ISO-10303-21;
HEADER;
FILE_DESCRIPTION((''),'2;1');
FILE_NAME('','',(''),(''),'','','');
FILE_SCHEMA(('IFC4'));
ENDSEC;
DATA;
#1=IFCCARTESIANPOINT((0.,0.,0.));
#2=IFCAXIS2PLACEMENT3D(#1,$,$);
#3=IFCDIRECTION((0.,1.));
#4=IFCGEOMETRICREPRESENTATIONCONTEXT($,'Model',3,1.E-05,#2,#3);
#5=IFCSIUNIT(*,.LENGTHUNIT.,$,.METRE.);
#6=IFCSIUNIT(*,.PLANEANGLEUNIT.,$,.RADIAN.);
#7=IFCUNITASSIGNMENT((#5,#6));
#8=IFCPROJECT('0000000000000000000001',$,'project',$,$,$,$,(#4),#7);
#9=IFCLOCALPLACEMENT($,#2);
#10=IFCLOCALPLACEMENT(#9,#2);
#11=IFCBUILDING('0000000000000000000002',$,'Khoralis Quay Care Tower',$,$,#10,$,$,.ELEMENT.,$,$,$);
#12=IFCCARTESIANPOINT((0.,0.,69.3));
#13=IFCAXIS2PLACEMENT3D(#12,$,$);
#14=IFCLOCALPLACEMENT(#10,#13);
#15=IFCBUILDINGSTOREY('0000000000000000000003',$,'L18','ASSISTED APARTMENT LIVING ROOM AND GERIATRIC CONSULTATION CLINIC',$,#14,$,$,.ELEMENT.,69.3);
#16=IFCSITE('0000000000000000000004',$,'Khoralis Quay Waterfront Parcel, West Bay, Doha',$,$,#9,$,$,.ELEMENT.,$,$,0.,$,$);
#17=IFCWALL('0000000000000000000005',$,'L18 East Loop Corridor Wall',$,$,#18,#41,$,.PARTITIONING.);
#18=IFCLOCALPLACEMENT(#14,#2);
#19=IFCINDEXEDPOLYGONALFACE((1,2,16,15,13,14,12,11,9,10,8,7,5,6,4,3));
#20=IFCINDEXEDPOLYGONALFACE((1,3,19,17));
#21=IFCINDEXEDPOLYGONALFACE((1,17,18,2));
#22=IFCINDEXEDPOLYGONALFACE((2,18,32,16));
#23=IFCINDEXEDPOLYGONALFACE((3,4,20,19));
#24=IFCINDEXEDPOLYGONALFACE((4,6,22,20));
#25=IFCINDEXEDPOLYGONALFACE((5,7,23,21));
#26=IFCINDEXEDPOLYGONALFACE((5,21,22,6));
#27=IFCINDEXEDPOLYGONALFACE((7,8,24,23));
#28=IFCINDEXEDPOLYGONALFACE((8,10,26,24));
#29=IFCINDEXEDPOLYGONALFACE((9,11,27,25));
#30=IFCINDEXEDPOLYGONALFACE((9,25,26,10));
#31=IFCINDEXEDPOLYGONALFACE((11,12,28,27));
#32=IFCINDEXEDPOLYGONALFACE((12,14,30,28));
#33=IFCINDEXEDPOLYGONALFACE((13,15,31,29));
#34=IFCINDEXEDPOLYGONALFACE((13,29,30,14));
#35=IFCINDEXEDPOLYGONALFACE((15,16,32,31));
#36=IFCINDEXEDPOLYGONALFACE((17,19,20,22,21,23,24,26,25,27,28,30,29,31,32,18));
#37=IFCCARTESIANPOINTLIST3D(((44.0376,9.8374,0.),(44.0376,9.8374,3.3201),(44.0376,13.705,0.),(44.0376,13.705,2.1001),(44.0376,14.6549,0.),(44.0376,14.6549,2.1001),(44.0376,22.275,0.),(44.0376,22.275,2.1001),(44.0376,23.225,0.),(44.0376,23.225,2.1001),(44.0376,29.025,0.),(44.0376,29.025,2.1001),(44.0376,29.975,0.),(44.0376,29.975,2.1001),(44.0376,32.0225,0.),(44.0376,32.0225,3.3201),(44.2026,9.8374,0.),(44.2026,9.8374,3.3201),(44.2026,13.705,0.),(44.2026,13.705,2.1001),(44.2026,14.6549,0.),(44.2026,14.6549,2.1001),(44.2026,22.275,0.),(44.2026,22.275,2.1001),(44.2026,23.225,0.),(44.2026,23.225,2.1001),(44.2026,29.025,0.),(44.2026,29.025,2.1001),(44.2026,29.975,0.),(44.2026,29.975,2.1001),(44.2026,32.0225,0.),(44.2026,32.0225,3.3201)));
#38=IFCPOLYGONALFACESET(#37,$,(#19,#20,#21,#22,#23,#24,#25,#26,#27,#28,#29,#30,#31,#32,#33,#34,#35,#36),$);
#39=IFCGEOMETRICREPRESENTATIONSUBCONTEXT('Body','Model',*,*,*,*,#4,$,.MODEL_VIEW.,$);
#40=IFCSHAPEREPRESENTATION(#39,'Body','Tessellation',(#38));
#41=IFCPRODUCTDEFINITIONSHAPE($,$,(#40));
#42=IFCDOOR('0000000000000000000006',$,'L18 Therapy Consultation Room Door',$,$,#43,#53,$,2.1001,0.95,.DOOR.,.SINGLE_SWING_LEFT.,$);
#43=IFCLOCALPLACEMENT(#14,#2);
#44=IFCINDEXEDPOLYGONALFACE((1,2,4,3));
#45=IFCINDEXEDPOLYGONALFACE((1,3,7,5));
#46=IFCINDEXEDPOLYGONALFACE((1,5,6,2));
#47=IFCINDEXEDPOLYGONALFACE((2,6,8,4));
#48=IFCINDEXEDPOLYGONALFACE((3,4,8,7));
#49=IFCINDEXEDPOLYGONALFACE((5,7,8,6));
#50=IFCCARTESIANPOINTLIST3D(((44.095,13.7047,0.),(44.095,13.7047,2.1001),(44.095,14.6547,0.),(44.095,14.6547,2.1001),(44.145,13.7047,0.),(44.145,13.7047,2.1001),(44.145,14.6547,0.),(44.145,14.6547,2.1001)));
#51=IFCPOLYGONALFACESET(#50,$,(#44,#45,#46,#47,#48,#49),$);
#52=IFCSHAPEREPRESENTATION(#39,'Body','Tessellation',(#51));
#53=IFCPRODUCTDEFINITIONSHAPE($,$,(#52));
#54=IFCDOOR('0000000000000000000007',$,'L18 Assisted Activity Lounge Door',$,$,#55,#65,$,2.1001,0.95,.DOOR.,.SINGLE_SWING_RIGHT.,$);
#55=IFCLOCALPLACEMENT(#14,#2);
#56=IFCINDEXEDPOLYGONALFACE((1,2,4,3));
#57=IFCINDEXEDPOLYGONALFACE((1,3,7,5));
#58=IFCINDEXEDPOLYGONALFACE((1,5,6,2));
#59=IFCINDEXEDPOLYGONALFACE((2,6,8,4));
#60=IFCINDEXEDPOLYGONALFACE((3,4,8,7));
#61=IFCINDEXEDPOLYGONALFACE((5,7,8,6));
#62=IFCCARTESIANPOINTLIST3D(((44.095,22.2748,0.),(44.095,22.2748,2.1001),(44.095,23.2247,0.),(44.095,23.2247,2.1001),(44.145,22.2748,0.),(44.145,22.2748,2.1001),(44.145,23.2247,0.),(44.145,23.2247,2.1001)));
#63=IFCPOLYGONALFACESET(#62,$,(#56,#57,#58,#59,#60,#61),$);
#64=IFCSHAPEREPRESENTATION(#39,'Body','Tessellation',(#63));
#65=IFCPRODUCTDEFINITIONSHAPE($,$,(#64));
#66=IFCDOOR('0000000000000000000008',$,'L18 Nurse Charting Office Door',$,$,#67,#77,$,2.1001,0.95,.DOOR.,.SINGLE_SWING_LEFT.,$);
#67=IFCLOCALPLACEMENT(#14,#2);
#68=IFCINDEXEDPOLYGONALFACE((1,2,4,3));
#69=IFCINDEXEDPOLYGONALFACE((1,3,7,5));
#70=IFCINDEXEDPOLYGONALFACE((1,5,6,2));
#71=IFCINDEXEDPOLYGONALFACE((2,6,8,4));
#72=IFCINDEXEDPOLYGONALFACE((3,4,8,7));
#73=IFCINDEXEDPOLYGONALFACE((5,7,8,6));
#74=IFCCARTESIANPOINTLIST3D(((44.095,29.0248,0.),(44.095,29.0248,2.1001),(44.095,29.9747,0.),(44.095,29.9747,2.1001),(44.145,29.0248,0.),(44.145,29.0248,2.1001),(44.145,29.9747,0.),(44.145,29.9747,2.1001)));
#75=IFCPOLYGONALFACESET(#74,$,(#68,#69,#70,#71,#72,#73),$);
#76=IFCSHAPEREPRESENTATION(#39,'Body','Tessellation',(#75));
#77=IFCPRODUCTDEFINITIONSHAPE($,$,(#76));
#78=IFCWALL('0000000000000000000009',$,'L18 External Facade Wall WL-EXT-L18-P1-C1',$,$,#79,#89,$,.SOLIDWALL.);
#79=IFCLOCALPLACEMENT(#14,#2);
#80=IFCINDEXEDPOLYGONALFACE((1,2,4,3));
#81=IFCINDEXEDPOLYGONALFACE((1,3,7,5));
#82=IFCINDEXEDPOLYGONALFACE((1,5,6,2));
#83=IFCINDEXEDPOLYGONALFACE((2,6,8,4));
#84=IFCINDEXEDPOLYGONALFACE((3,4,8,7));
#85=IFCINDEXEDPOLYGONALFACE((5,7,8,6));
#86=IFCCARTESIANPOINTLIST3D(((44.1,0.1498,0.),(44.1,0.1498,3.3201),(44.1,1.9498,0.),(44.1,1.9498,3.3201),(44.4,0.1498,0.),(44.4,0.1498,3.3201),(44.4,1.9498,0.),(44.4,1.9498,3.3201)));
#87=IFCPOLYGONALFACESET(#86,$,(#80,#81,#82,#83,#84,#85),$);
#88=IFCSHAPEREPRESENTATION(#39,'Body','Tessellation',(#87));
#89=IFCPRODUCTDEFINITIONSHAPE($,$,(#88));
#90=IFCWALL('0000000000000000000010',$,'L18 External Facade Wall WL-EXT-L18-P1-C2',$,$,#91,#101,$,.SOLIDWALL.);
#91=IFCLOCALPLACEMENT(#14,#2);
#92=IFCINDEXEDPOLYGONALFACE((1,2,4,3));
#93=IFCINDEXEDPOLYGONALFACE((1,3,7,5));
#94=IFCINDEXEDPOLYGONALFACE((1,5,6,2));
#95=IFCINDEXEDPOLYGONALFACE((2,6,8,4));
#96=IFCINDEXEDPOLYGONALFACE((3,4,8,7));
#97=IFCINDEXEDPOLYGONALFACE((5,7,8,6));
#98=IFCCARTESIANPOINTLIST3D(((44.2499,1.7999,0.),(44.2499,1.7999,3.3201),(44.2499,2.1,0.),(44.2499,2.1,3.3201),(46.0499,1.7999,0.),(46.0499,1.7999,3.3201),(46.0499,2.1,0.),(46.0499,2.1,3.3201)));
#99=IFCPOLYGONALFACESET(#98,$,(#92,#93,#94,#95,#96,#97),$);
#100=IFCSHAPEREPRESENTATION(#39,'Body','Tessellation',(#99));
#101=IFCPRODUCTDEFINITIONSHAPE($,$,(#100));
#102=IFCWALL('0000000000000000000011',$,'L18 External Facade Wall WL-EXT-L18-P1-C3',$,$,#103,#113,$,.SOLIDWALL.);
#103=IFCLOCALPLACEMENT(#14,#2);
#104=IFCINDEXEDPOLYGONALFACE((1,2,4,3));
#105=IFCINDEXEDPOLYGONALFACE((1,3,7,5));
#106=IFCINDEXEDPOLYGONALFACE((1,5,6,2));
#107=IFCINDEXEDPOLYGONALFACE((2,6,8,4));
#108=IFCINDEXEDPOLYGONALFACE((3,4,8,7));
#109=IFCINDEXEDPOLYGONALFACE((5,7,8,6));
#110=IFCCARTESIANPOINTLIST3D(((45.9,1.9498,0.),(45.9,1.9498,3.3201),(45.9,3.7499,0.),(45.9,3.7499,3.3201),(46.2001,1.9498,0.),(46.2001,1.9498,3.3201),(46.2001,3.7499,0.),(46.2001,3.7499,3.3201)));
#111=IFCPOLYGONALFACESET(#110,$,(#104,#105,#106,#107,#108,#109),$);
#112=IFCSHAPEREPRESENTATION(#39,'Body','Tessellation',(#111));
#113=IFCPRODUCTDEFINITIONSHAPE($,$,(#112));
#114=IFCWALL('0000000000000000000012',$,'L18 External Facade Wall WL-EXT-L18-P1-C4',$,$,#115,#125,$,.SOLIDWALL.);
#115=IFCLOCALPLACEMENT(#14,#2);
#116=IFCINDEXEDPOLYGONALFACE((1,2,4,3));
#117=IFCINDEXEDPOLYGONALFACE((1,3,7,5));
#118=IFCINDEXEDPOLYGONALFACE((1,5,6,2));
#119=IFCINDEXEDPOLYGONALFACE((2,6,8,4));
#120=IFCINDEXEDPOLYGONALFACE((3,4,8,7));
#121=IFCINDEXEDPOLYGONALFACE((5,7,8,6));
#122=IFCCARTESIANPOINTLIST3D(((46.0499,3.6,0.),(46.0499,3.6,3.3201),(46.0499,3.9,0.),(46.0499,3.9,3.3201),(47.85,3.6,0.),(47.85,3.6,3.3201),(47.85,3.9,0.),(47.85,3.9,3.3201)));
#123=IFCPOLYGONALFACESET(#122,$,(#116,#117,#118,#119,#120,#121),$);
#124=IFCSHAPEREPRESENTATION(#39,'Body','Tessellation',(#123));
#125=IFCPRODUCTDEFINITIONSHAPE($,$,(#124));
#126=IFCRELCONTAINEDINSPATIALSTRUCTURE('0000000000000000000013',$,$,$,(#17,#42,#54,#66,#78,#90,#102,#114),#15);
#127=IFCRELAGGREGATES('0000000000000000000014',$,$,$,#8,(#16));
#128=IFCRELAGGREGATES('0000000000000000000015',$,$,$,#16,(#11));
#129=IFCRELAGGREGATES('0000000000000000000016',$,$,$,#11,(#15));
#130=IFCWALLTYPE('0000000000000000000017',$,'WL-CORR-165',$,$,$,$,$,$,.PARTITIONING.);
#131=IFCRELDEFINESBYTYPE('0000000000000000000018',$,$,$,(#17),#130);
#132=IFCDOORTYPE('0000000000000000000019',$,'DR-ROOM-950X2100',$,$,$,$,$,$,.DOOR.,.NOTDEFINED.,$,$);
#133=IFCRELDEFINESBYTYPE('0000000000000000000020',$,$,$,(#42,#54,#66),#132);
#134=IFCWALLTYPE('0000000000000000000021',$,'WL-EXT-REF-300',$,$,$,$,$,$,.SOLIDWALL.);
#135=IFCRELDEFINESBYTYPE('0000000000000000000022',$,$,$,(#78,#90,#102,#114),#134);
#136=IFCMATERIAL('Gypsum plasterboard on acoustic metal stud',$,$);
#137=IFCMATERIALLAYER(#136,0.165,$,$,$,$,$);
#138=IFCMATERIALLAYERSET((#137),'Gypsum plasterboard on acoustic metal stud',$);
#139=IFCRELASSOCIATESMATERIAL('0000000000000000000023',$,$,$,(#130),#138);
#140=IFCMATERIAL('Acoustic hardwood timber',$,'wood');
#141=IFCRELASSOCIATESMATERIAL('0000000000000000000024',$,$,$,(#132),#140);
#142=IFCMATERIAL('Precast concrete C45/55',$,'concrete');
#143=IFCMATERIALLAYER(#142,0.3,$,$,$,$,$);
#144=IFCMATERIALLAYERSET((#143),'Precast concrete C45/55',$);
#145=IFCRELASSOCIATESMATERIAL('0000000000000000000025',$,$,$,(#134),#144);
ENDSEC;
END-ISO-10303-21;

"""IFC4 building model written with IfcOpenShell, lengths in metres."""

from ifc_helpers import new_model, si_unit, direction, frame, frame_2d, origin, place, context, subcontext, project, spatial, rectangle, extrude, source, transform, mapped, material, layer, layer_set, type_object, element, fill, save


model = new_model("IFC4")

# Units and contexts
model_context = context("Model", 3, precision=1e-05, world=origin(), true_north=direction((0.0, 1.0)))
body_context = subcontext(model_context, "Body", "Model", "MODEL_VIEW")
ifc_project = project(units=[si_unit("LENGTHUNIT", "METRE"), si_unit("PLANEANGLEUNIT", "RADIAN")], contexts=[model_context])

# Site, building, storey
site_placement = place(None, origin())
site = spatial("IfcSite", under=ifc_project, at=site_placement, Name="Khoralis Quay Waterfront Parcel, West Bay, Doha", CompositionType="ELEMENT", RefElevation=0.0)
building_placement = place(site_placement, origin())
building = spatial("IfcBuilding", under=site, at=building_placement, Name="Khoralis Quay Care Tower", CompositionType="ELEMENT")
storey_placement = place(building_placement, frame((0.0, 0.0, 69.3)))
storey = spatial("IfcBuildingStorey", under=building, at=storey_placement, Name="L18", Description="ASSISTED APARTMENT LIVING ROOM AND GERIATRIC CONSULTATION CLINIC", CompositionType="ELEMENT", Elevation=69.3)

# Shared definitions
ifc_material_1 = material(Name="Gypsum plasterboard on acoustic metal stud")

# Wall, openings, doors
ifc_layer_1 = layer(ifc_material_1, 0.165)
ifc_layer_set_1 = layer_set([ifc_layer_1], Name="Gypsum plasterboard on acoustic metal stud")
wall_type_1 = type_object("IfcWallType", Name="WL-CORR-165", PredefinedType="PARTITIONING", material=ifc_layer_set_1)
wall_1_placement = place(storey_placement, frame((44.1201, 9.8374, 0.0), z_axis=(0.0, 0.0, 1.0), x_axis=(0.0, 1.0, 0.0)))
wall_1 = element("IfcWall", 1, at=wall_1_placement, inside=storey, type_object=wall_type_1, Name="L18 East Loop Corridor Wall", PredefinedType="PARTITIONING", context=body_context, shape_type="SweptSolid", body=[
    extrude(rectangle(XDim=22.1851, YDim=0.165, at=frame_2d((11.0925, 0.0))), origin(), (0.0, 0.0, 1.0), 3.3201),
])
opening_1_placement = place(wall_1_placement, frame((3.8674, 0.0, 0.0)))
opening_1 = element("IfcOpeningElement", 2, at=opening_1_placement, cuts=wall_1, PredefinedType="OPENING", context=body_context, shape_type="SweptSolid", body=[
    extrude(rectangle(XDim=0.95, YDim=2.1001, at=frame_2d((0.4751, 1.05))), frame((0.0, 0.0925, 0.0), z_axis=(0.0, -1.0, 0.0), x_axis=(1.0, 0.0, 0.0)), (0.0, 0.0, 1.0), 0.1851),
])
opening_2_placement = place(wall_1_placement, frame((12.4375, 0.0, 0.0)))
opening_2 = element("IfcOpeningElement", 3, at=opening_2_placement, cuts=wall_1, PredefinedType="OPENING", context=body_context, shape_type="SweptSolid", body=[
    extrude(rectangle(XDim=0.95, YDim=2.1001, at=frame_2d((0.4751, 1.05))), frame((0.0, 0.0925, 0.0), z_axis=(0.0, -1.0, 0.0), x_axis=(1.0, 0.0, 0.0)), (0.0, 0.0, 1.0), 0.1851),
])
opening_3_placement = place(wall_1_placement, frame((19.1875, 0.0, 0.0)))
opening_3 = element("IfcOpeningElement", 4, at=opening_3_placement, cuts=wall_1, PredefinedType="OPENING", context=body_context, shape_type="SweptSolid", body=[
    extrude(rectangle(XDim=0.95, YDim=2.1001, at=frame_2d((0.4751, 1.05))), frame((0.0, 0.0925, 0.0), z_axis=(0.0, -1.0, 0.0), x_axis=(1.0, 0.0, 0.0)), (0.0, 0.0, 1.0), 0.1851),
])
ifc_material_2 = material(Name="Acoustic hardwood timber", Category="wood")
door_type = type_object("IfcDoorType", Name="DR-ROOM-950X2100", OperationType="NOTDEFINED", PredefinedType="DOOR", material=ifc_material_2)
shared_shape_1 = source(origin(), body_context, "Body", "SweptSolid", [
    extrude(rectangle(XDim=0.95, YDim=2.1001, at=frame_2d((0.4751, 1.05))), frame((0.0, 0.0249, 0.0), z_axis=(0.0, -1.0, 0.0), x_axis=(1.0, 0.0, 0.0)), (0.0, 0.0, 1.0), 0.05),
])
door_1_placement = place(opening_1_placement, frame((0.95, 0.0, 0.0), z_axis=(0.0, 0.0, 1.0), x_axis=(-1.0, 0.0, 0.0)))
door_1 = element("IfcDoor", 5, at=door_1_placement, inside=storey, type_object=door_type, Name="L18 Therapy Consultation Room Door", OperationType="SINGLE_SWING_LEFT", OverallHeight=2.1001, OverallWidth=0.95, PredefinedType="DOOR", context=body_context, shape_type="MappedRepresentation", body=[
    mapped(shared_shape_1, transform((0.0, 0.0, 0.0), scale=1.0)),
])
fill(opening_1, door_1)
door_2_placement = place(opening_2_placement, frame((0.95, 0.0, 0.0), z_axis=(0.0, 0.0, 1.0), x_axis=(-1.0, 0.0, 0.0)))
door_2 = element("IfcDoor", 6, at=door_2_placement, inside=storey, type_object=door_type, Name="L18 Assisted Activity Lounge Door", OperationType="SINGLE_SWING_RIGHT", OverallHeight=2.1001, OverallWidth=0.95, PredefinedType="DOOR", context=body_context, shape_type="MappedRepresentation", body=[
    mapped(shared_shape_1, transform((0.0, 0.0, 0.0), scale=1.0)),
])
fill(opening_2, door_2)
door_3_placement = place(opening_3_placement, frame((0.95, 0.0, 0.0), z_axis=(0.0, 0.0, 1.0), x_axis=(-1.0, 0.0, 0.0)))
door_3 = element("IfcDoor", 7, at=door_3_placement, inside=storey, type_object=door_type, Name="L18 Nurse Charting Office Door", OperationType="SINGLE_SWING_LEFT", OverallHeight=2.1001, OverallWidth=0.95, PredefinedType="DOOR", context=body_context, shape_type="MappedRepresentation", body=[
    mapped(shared_shape_1, transform((0.0, 0.0, 0.0), scale=1.0)),
])
fill(opening_3, door_3)

# Walls
ifc_material_3 = material(Name="Precast concrete C45/55", Category="concrete")
ifc_layer_2 = layer(ifc_material_3, 0.3)
ifc_layer_set_2 = layer_set([ifc_layer_2], Name="Precast concrete C45/55")
wall_type_2 = type_object("IfcWallType", Name="WL-EXT-REF-300", PredefinedType="SOLIDWALL", material=ifc_layer_set_2)
for number, where, z_axis, x_axis, name in (
    (8, (44.25, 0.1499, 0.0), (0.0, 0.0, 1.0), (0.0, 1.0, 0.0), "L18 External Facade Wall WL-EXT-L18-P1-C1"),
    (9, (44.25, 1.95, 0.0), (0.0, 0.0, 1.0), (1.0, 0.0, 0.0), "L18 External Facade Wall WL-EXT-L18-P1-C2"),
    (10, (46.05, 1.95, 0.0), (0.0, 0.0, 1.0), (0.0, 1.0, 0.0), "L18 External Facade Wall WL-EXT-L18-P1-C3"),
    (11, (46.05, 3.75, 0.0), (0.0, 0.0, 1.0), (1.0, 0.0, 0.0), "L18 External Facade Wall WL-EXT-L18-P1-C4"),
):
    element("IfcWall", number, at=place(storey_placement, frame(where, z_axis=z_axis, x_axis=x_axis)), inside=storey, type_object=wall_type_2, Name=name, PredefinedType="SOLIDWALL", context=body_context, shape_type="SweptSolid", body=[
        extrude(rectangle(XDim=1.8, YDim=0.3, at=frame_2d((0.8999, 0.0))), origin(), (0.0, 0.0, 1.0), 3.3201),
    ])

save(model, "model.ifc")
